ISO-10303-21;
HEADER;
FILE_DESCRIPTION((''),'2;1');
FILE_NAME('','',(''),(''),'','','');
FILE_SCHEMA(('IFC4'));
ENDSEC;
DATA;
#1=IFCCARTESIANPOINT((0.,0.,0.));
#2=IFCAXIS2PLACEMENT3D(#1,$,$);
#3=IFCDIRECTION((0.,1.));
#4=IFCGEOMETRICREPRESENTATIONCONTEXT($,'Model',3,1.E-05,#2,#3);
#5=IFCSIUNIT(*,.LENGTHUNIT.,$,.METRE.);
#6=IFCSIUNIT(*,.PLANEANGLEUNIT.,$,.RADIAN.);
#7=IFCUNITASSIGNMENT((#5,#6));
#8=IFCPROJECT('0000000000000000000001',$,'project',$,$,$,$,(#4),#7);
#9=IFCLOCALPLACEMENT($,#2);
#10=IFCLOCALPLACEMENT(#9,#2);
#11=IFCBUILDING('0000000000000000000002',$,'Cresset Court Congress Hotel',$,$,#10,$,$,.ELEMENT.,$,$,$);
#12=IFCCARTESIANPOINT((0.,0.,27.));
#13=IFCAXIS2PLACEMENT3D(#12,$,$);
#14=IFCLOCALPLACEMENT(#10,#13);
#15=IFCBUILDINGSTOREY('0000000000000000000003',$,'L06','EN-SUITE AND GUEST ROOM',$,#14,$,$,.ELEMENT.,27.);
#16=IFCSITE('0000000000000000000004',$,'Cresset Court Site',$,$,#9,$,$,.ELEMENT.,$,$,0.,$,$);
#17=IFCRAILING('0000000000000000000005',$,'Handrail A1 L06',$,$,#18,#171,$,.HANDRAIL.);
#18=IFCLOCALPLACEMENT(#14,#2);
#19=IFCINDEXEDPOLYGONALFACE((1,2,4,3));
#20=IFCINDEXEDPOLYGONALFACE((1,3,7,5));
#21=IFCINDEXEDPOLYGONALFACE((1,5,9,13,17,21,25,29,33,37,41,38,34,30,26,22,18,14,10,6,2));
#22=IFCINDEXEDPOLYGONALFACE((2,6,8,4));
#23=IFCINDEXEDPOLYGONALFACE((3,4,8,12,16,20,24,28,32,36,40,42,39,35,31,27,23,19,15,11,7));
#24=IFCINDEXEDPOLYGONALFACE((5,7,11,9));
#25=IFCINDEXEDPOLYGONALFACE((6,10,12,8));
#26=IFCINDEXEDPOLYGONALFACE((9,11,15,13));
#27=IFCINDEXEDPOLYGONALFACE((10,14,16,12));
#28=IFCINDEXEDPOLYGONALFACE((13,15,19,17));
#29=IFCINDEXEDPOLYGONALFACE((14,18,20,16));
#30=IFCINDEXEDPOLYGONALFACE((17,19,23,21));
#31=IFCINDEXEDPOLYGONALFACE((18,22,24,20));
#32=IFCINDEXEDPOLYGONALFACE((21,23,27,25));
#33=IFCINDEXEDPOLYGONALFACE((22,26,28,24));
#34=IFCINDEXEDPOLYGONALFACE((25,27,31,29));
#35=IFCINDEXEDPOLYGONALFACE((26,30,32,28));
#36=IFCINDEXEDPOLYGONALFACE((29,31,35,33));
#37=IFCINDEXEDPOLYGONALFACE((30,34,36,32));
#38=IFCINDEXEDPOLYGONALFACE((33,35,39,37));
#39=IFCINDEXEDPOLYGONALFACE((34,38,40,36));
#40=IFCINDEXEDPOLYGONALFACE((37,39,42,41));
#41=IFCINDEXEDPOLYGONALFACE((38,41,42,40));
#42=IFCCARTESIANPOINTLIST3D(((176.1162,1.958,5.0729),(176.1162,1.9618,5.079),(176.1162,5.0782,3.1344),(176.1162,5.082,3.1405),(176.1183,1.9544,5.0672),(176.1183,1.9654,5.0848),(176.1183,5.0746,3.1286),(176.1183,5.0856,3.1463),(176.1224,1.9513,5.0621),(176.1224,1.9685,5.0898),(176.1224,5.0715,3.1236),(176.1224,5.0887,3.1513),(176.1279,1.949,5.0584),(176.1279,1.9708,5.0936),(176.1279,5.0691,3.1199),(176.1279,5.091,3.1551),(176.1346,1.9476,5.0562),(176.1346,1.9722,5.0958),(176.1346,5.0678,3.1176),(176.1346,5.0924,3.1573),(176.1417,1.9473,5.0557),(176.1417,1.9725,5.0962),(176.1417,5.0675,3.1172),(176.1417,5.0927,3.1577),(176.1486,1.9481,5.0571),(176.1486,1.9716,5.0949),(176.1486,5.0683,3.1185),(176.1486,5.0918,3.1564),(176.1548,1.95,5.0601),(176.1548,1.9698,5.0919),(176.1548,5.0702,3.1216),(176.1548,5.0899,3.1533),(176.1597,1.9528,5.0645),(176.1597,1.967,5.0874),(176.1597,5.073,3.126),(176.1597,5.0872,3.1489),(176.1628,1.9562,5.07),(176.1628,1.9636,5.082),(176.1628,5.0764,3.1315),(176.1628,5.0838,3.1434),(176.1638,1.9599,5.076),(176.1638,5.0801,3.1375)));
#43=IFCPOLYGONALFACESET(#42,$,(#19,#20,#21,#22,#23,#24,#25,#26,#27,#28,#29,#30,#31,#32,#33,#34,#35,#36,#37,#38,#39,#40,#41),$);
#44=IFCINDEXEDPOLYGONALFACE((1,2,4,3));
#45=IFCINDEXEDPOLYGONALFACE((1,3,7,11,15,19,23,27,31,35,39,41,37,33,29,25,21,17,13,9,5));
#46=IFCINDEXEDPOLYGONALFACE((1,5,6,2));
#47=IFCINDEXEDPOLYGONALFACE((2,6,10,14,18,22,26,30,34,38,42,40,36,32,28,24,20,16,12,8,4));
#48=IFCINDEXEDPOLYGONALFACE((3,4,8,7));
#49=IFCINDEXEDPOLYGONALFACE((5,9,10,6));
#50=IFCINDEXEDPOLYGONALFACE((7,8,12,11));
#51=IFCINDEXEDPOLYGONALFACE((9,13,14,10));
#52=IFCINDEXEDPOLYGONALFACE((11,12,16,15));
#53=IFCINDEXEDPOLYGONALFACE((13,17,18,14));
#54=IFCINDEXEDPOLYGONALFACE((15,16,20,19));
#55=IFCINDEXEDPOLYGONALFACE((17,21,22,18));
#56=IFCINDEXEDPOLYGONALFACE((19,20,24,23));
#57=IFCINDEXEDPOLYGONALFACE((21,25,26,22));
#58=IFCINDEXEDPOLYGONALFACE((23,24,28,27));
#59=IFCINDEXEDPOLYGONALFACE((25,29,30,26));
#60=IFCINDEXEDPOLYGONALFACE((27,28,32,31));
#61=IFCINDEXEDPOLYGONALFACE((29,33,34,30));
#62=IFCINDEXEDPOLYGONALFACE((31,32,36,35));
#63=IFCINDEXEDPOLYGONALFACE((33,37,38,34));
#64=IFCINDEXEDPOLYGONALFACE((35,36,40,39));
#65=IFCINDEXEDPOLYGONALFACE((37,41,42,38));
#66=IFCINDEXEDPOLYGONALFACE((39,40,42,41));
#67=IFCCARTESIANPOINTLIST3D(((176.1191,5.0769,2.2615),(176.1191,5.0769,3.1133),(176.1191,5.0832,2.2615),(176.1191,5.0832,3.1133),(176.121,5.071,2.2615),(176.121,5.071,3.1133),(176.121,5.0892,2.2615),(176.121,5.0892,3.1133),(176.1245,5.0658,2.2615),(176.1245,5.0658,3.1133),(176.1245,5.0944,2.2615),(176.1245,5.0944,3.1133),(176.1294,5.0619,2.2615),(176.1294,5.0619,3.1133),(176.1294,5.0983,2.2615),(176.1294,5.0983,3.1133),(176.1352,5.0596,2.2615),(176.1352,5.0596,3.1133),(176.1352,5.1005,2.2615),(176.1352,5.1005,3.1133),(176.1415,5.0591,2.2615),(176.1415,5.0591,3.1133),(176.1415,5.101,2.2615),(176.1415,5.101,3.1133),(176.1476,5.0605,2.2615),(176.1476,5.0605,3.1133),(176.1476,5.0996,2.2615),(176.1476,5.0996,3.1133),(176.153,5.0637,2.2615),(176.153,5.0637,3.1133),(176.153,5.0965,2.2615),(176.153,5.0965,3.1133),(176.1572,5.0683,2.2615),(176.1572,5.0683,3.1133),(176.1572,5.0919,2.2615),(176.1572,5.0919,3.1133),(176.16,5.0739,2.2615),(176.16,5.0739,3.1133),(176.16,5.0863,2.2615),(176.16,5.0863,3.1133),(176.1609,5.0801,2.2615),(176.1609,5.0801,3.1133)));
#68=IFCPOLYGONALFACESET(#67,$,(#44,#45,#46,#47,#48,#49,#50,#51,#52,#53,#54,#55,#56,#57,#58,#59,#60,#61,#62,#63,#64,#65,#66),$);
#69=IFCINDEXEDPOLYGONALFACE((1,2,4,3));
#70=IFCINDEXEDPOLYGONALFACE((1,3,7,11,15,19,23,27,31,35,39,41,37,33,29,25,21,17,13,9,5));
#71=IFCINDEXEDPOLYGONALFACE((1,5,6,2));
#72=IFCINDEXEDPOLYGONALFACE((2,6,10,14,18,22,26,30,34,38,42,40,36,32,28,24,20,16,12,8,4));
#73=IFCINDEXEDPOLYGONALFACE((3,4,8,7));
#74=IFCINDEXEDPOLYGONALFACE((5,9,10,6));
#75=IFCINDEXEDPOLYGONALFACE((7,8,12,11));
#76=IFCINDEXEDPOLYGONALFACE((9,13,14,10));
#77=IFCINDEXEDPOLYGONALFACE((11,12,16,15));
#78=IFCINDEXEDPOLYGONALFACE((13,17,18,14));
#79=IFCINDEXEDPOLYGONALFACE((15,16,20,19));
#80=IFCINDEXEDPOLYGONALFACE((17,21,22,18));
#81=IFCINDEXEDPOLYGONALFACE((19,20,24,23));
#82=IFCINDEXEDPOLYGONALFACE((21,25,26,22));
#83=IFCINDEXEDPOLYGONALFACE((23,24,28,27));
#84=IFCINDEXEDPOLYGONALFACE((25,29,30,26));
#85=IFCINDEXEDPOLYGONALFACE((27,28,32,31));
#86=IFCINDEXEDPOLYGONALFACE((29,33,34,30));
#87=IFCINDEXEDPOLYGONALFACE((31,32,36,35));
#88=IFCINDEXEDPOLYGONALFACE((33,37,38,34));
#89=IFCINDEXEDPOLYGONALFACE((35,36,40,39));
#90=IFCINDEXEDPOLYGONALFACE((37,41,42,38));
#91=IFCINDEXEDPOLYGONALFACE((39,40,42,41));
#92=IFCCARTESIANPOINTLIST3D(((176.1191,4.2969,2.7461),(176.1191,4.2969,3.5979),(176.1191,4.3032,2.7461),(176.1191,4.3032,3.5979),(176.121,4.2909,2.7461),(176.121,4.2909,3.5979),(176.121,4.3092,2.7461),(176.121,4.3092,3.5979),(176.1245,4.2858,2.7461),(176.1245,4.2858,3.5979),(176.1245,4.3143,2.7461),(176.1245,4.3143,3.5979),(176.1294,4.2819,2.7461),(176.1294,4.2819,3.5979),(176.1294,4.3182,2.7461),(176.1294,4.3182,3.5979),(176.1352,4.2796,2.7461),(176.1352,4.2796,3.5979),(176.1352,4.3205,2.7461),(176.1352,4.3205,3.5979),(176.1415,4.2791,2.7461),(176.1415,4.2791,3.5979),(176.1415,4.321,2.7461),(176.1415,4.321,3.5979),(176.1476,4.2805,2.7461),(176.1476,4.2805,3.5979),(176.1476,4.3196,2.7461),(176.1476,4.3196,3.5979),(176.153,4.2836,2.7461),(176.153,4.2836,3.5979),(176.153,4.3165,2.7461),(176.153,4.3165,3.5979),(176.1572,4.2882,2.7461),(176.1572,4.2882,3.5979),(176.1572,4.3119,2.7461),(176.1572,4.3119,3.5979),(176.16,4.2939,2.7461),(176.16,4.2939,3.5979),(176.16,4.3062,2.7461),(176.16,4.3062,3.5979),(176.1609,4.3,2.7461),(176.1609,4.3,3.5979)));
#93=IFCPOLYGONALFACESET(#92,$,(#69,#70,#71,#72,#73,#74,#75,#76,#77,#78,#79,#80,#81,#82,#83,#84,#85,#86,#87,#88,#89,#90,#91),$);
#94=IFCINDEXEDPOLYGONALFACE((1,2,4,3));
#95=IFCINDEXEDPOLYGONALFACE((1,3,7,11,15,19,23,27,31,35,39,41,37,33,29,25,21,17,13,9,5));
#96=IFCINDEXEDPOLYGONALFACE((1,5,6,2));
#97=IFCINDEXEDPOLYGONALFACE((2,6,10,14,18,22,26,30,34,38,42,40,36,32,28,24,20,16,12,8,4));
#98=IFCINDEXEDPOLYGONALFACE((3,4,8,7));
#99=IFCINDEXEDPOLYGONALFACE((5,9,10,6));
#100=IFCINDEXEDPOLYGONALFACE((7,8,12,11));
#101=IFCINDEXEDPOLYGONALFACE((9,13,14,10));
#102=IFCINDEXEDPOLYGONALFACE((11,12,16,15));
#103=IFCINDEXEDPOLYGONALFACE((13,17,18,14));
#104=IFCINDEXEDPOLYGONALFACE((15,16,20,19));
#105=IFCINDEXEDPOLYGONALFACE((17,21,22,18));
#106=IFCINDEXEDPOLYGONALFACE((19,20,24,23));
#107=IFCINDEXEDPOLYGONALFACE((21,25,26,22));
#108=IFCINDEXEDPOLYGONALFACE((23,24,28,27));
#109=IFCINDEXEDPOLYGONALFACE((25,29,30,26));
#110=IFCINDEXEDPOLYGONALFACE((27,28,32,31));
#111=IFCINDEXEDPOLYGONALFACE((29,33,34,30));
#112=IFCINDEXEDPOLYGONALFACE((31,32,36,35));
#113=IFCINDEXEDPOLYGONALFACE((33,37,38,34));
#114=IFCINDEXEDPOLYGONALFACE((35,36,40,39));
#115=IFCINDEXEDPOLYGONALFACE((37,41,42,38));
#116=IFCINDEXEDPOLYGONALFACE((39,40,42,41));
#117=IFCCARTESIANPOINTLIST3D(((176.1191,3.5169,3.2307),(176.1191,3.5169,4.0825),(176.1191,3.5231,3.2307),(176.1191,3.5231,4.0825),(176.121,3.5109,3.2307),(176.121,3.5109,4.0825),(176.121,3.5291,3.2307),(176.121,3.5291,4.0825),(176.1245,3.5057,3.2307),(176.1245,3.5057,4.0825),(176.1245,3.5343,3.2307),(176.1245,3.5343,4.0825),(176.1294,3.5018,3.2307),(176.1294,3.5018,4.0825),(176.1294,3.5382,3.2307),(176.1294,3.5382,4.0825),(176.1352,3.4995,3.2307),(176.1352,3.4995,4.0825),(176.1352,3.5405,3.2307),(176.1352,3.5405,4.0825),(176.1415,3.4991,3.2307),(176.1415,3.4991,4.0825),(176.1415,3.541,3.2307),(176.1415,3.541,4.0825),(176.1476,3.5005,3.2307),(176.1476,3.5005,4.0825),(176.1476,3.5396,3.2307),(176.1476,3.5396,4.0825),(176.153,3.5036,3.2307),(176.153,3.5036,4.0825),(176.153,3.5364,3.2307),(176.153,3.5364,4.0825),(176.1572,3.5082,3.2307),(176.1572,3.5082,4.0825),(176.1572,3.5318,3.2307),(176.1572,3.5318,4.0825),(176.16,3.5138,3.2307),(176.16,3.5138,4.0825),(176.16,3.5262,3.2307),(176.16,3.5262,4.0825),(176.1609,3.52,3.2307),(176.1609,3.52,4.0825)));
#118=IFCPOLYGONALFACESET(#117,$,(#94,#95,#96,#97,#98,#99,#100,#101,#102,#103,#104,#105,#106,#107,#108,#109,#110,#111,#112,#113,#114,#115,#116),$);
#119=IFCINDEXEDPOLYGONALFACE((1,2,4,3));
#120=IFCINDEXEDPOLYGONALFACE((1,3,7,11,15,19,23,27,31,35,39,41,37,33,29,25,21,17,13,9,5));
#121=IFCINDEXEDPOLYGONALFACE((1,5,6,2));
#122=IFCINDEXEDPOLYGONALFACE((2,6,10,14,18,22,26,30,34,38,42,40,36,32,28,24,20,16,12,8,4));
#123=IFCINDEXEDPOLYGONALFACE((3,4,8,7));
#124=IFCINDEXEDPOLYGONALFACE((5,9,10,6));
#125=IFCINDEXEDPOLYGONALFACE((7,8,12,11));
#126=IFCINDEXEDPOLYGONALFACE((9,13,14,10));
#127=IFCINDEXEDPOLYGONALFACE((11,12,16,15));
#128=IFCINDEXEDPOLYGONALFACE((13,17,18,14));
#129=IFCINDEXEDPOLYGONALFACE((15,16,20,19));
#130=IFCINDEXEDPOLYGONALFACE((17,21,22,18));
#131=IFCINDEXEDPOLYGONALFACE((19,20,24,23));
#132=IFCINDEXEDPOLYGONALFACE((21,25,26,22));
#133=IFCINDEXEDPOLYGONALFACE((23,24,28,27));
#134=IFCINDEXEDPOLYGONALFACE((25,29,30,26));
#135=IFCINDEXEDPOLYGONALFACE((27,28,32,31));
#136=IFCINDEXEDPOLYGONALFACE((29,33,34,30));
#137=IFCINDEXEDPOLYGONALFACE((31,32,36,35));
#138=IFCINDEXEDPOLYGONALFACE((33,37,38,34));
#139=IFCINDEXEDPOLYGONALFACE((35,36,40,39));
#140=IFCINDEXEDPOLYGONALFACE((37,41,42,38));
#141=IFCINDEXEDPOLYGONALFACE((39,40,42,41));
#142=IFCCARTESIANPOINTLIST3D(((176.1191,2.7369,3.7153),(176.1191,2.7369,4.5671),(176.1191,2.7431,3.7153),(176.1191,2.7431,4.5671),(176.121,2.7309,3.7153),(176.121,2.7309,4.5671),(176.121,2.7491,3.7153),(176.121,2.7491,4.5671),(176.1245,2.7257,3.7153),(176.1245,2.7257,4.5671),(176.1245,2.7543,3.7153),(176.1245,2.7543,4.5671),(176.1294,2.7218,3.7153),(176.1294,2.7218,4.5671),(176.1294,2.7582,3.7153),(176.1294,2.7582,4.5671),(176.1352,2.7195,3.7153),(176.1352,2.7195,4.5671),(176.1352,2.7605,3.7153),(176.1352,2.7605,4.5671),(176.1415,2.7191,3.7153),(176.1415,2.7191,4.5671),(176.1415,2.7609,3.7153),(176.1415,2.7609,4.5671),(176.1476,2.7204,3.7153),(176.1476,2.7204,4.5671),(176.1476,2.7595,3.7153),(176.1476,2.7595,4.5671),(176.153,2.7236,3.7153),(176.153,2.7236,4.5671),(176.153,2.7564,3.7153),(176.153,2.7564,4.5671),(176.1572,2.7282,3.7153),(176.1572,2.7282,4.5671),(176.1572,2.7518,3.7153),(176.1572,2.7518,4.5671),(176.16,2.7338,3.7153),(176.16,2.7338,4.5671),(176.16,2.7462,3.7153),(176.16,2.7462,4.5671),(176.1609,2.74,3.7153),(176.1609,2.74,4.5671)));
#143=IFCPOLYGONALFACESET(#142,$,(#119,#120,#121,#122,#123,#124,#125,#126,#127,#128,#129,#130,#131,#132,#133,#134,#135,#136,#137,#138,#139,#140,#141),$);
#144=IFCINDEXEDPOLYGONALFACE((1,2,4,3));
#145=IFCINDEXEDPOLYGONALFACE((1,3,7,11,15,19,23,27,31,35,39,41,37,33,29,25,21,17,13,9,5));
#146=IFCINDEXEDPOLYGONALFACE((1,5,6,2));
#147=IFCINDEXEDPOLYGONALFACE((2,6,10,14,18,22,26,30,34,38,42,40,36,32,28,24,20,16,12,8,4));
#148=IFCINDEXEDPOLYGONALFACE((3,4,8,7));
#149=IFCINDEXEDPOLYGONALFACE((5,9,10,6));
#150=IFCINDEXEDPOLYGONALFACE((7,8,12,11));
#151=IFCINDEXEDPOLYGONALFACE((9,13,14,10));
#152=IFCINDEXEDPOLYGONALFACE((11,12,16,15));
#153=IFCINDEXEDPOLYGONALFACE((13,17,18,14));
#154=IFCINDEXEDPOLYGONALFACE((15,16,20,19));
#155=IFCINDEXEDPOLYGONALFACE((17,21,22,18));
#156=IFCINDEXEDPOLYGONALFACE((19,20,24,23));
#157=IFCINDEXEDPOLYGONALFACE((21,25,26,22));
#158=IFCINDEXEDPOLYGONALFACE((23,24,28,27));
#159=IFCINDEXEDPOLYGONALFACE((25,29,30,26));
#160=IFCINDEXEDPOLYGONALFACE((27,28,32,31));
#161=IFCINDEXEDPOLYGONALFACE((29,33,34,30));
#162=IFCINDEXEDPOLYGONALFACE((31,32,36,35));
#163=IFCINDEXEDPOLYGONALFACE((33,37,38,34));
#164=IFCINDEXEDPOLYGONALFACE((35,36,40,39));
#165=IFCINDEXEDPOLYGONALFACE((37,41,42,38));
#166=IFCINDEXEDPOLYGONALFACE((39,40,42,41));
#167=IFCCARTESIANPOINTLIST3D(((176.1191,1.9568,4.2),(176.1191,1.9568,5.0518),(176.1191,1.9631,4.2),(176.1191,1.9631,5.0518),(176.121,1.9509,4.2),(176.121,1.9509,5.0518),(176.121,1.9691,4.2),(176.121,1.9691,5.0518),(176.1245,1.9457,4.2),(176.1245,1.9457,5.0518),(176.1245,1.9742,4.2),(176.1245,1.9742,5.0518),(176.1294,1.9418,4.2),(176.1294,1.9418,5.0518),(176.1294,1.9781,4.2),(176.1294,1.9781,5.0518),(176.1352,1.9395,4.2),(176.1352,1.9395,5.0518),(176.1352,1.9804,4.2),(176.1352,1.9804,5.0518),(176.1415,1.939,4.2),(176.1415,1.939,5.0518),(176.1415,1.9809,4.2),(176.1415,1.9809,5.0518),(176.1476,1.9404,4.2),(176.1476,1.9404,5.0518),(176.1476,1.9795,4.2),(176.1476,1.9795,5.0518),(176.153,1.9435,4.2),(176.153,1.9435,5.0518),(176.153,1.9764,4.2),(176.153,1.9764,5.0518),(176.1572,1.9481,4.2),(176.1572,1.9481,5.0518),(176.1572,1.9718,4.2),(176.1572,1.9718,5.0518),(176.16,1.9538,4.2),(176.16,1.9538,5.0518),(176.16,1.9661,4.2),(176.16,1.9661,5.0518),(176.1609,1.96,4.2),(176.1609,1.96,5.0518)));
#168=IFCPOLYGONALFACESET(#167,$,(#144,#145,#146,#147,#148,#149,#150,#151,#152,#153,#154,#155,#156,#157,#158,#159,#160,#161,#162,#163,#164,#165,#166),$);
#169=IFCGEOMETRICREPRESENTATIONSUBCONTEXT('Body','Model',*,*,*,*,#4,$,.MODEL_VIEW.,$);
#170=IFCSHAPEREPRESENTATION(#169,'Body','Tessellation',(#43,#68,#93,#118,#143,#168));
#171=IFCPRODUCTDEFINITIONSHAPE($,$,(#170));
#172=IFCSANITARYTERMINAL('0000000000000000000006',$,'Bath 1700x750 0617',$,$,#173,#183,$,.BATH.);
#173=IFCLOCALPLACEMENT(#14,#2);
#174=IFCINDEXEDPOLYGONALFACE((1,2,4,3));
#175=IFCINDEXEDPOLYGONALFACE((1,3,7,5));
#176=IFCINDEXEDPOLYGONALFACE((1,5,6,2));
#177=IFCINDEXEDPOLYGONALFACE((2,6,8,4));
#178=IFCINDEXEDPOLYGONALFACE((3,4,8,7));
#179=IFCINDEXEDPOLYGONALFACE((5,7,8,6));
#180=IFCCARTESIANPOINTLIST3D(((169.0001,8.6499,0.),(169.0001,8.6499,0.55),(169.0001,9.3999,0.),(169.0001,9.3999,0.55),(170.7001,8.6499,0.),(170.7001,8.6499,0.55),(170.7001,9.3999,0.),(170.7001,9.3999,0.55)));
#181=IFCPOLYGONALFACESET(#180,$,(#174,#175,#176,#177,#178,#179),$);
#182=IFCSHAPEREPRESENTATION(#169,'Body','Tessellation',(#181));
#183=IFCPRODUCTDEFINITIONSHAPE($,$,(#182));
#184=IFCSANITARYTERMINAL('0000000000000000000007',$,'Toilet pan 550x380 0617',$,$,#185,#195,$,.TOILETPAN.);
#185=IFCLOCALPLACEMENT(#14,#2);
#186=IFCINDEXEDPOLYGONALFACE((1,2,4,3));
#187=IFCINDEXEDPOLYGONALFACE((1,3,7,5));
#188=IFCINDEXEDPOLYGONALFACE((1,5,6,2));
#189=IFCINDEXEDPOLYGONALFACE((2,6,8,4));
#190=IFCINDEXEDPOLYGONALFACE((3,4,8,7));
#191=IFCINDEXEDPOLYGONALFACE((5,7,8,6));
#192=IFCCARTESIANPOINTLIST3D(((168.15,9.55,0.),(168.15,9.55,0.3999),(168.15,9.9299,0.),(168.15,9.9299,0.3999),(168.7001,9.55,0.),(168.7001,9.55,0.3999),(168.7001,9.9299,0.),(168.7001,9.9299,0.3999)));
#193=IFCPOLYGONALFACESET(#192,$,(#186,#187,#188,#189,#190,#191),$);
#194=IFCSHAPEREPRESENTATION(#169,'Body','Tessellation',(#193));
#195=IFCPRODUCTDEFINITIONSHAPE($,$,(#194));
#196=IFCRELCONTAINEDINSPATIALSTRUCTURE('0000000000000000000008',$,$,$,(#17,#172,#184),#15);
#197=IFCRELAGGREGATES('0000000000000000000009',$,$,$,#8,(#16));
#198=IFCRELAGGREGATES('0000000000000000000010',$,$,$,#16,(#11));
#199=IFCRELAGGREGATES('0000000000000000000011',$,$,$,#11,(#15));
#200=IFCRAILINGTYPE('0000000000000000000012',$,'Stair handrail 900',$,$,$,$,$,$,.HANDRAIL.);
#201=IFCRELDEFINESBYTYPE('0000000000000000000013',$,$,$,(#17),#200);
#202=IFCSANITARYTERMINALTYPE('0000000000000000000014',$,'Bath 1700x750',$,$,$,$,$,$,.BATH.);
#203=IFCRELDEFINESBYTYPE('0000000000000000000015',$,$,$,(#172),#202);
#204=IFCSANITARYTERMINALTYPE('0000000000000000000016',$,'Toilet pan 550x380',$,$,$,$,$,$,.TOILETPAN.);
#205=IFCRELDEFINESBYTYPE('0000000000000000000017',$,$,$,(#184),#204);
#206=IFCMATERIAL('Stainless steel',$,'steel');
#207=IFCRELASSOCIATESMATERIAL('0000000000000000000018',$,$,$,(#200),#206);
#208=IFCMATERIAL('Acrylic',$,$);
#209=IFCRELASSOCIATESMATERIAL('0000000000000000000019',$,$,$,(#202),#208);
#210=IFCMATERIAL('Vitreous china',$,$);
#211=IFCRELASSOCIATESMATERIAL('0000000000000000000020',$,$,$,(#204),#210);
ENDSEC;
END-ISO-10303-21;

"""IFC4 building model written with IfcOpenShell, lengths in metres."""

from ifc_helpers import new_model, si_unit, direction, frame, origin, origin_2d, place, context, subcontext, project, spatial, rectangle, circle, extrude, material, type_object, element, save


model = new_model("IFC4")

# Units and contexts
model_context = context("Model", 3, precision=1e-05, world=origin(), true_north=direction((0.0, 1.0)))
body_context = subcontext(model_context, "Body", "Model", "MODEL_VIEW")
ifc_project = project(units=[si_unit("LENGTHUNIT", "METRE"), si_unit("PLANEANGLEUNIT", "RADIAN")], contexts=[model_context])

# Site, building, storey
site_placement = place(None, origin())
site = spatial("IfcSite", under=ifc_project, at=site_placement, Name="Cresset Court Site", CompositionType="ELEMENT", RefElevation=0.0)
building_placement = place(site_placement, origin())
building = spatial("IfcBuilding", under=site, at=building_placement, Name="Cresset Court Congress Hotel", CompositionType="ELEMENT")
storey_placement = place(building_placement, frame((0.0, 0.0, 27.0)))
storey = spatial("IfcBuildingStorey", under=building, at=storey_placement, Name="L06", Description="EN-SUITE AND GUEST ROOM", CompositionType="ELEMENT", Elevation=27.0)

# Railing
ifc_material_1 = material(Name="Stainless steel", Category="steel")
railing_type_1 = type_object("IfcRailingType", Name="Stair handrail 900", PredefinedType="HANDRAIL", material=ifc_material_1)
for number, where, name in (
    (1, (176.1399, 5.0801, 2.2615), "Handrail A1 L06"),
):
    element("IfcRailing", number, at=place(storey_placement, frame(where)), inside=storey, type_object=railing_type_1, Name=name, PredefinedType="HANDRAIL", context=body_context, shape_type="SweptSolid", body=[
        extrude(circle(Radius=0.0239, at=origin_2d()), frame((0.0, 0.0, 0.876), z_axis=(0.0, -0.849414, 0.527727), x_axis=(1.0, 0.0, 0.0)), (0.0, 0.0, 1.0), 3.6733),
        extrude(circle(Radius=0.021, at=origin_2d()), origin(), (0.0, 0.0, 1.0), 0.8518),
        extrude(circle(Radius=0.021, at=origin_2d()), frame((0.0, -0.78, 0.4846)), (0.0, 0.0, 1.0), 0.8518),
        extrude(circle(Radius=0.021, at=origin_2d()), frame((0.0, -1.5601, 0.9692)), (0.0, 0.0, 1.0), 0.8518),
        extrude(circle(Radius=0.021, at=origin_2d()), frame((0.0, -2.3401, 1.4539)), (0.0, 0.0, 1.0), 0.8518),
        extrude(circle(Radius=0.021, at=origin_2d()), frame((0.0, -3.1201, 1.9385)), (0.0, 0.0, 1.0), 0.8518),
    ])

# Sanitary terminals
ifc_material_2 = material(Name="Acrylic")
sanitary_terminal_type_1 = type_object("IfcSanitaryTerminalType", Name="Bath 1700x750", PredefinedType="BATH", material=ifc_material_2)
sanitary_terminal_1_placement = place(storey_placement, frame((169.8501, 9.0249, 0.0), z_axis=(0.0, 0.0, 1.0), x_axis=(1.0, 0.0, 0.0)))
element("IfcSanitaryTerminal", 2, at=sanitary_terminal_1_placement, inside=storey, type_object=sanitary_terminal_type_1, Name="Bath 1700x750 0617", PredefinedType="BATH", context=body_context, shape_type="SweptSolid", body=[
    extrude(rectangle(XDim=1.7, YDim=0.75, at=origin_2d()), origin(), (0.0, 0.0, 1.0), 0.55),
])
ifc_material_3 = material(Name="Vitreous china")
sanitary_terminal_type_2 = type_object("IfcSanitaryTerminalType", Name="Toilet pan 550x380", PredefinedType="TOILETPAN", material=ifc_material_3)
sanitary_terminal_2_placement = place(storey_placement, frame((168.425, 9.74, 0.0), z_axis=(0.0, 0.0, 1.0), x_axis=(1.0, 0.0, 0.0)))
element("IfcSanitaryTerminal", 3, at=sanitary_terminal_2_placement, inside=storey, type_object=sanitary_terminal_type_2, Name="Toilet pan 550x380 0617", PredefinedType="TOILETPAN", context=body_context, shape_type="SweptSolid", body=[
    extrude(rectangle(XDim=0.55, YDim=0.3799, at=origin_2d()), origin(), (0.0, 0.0, 1.0), 0.3999),
])

save(model, "model.ifc")
